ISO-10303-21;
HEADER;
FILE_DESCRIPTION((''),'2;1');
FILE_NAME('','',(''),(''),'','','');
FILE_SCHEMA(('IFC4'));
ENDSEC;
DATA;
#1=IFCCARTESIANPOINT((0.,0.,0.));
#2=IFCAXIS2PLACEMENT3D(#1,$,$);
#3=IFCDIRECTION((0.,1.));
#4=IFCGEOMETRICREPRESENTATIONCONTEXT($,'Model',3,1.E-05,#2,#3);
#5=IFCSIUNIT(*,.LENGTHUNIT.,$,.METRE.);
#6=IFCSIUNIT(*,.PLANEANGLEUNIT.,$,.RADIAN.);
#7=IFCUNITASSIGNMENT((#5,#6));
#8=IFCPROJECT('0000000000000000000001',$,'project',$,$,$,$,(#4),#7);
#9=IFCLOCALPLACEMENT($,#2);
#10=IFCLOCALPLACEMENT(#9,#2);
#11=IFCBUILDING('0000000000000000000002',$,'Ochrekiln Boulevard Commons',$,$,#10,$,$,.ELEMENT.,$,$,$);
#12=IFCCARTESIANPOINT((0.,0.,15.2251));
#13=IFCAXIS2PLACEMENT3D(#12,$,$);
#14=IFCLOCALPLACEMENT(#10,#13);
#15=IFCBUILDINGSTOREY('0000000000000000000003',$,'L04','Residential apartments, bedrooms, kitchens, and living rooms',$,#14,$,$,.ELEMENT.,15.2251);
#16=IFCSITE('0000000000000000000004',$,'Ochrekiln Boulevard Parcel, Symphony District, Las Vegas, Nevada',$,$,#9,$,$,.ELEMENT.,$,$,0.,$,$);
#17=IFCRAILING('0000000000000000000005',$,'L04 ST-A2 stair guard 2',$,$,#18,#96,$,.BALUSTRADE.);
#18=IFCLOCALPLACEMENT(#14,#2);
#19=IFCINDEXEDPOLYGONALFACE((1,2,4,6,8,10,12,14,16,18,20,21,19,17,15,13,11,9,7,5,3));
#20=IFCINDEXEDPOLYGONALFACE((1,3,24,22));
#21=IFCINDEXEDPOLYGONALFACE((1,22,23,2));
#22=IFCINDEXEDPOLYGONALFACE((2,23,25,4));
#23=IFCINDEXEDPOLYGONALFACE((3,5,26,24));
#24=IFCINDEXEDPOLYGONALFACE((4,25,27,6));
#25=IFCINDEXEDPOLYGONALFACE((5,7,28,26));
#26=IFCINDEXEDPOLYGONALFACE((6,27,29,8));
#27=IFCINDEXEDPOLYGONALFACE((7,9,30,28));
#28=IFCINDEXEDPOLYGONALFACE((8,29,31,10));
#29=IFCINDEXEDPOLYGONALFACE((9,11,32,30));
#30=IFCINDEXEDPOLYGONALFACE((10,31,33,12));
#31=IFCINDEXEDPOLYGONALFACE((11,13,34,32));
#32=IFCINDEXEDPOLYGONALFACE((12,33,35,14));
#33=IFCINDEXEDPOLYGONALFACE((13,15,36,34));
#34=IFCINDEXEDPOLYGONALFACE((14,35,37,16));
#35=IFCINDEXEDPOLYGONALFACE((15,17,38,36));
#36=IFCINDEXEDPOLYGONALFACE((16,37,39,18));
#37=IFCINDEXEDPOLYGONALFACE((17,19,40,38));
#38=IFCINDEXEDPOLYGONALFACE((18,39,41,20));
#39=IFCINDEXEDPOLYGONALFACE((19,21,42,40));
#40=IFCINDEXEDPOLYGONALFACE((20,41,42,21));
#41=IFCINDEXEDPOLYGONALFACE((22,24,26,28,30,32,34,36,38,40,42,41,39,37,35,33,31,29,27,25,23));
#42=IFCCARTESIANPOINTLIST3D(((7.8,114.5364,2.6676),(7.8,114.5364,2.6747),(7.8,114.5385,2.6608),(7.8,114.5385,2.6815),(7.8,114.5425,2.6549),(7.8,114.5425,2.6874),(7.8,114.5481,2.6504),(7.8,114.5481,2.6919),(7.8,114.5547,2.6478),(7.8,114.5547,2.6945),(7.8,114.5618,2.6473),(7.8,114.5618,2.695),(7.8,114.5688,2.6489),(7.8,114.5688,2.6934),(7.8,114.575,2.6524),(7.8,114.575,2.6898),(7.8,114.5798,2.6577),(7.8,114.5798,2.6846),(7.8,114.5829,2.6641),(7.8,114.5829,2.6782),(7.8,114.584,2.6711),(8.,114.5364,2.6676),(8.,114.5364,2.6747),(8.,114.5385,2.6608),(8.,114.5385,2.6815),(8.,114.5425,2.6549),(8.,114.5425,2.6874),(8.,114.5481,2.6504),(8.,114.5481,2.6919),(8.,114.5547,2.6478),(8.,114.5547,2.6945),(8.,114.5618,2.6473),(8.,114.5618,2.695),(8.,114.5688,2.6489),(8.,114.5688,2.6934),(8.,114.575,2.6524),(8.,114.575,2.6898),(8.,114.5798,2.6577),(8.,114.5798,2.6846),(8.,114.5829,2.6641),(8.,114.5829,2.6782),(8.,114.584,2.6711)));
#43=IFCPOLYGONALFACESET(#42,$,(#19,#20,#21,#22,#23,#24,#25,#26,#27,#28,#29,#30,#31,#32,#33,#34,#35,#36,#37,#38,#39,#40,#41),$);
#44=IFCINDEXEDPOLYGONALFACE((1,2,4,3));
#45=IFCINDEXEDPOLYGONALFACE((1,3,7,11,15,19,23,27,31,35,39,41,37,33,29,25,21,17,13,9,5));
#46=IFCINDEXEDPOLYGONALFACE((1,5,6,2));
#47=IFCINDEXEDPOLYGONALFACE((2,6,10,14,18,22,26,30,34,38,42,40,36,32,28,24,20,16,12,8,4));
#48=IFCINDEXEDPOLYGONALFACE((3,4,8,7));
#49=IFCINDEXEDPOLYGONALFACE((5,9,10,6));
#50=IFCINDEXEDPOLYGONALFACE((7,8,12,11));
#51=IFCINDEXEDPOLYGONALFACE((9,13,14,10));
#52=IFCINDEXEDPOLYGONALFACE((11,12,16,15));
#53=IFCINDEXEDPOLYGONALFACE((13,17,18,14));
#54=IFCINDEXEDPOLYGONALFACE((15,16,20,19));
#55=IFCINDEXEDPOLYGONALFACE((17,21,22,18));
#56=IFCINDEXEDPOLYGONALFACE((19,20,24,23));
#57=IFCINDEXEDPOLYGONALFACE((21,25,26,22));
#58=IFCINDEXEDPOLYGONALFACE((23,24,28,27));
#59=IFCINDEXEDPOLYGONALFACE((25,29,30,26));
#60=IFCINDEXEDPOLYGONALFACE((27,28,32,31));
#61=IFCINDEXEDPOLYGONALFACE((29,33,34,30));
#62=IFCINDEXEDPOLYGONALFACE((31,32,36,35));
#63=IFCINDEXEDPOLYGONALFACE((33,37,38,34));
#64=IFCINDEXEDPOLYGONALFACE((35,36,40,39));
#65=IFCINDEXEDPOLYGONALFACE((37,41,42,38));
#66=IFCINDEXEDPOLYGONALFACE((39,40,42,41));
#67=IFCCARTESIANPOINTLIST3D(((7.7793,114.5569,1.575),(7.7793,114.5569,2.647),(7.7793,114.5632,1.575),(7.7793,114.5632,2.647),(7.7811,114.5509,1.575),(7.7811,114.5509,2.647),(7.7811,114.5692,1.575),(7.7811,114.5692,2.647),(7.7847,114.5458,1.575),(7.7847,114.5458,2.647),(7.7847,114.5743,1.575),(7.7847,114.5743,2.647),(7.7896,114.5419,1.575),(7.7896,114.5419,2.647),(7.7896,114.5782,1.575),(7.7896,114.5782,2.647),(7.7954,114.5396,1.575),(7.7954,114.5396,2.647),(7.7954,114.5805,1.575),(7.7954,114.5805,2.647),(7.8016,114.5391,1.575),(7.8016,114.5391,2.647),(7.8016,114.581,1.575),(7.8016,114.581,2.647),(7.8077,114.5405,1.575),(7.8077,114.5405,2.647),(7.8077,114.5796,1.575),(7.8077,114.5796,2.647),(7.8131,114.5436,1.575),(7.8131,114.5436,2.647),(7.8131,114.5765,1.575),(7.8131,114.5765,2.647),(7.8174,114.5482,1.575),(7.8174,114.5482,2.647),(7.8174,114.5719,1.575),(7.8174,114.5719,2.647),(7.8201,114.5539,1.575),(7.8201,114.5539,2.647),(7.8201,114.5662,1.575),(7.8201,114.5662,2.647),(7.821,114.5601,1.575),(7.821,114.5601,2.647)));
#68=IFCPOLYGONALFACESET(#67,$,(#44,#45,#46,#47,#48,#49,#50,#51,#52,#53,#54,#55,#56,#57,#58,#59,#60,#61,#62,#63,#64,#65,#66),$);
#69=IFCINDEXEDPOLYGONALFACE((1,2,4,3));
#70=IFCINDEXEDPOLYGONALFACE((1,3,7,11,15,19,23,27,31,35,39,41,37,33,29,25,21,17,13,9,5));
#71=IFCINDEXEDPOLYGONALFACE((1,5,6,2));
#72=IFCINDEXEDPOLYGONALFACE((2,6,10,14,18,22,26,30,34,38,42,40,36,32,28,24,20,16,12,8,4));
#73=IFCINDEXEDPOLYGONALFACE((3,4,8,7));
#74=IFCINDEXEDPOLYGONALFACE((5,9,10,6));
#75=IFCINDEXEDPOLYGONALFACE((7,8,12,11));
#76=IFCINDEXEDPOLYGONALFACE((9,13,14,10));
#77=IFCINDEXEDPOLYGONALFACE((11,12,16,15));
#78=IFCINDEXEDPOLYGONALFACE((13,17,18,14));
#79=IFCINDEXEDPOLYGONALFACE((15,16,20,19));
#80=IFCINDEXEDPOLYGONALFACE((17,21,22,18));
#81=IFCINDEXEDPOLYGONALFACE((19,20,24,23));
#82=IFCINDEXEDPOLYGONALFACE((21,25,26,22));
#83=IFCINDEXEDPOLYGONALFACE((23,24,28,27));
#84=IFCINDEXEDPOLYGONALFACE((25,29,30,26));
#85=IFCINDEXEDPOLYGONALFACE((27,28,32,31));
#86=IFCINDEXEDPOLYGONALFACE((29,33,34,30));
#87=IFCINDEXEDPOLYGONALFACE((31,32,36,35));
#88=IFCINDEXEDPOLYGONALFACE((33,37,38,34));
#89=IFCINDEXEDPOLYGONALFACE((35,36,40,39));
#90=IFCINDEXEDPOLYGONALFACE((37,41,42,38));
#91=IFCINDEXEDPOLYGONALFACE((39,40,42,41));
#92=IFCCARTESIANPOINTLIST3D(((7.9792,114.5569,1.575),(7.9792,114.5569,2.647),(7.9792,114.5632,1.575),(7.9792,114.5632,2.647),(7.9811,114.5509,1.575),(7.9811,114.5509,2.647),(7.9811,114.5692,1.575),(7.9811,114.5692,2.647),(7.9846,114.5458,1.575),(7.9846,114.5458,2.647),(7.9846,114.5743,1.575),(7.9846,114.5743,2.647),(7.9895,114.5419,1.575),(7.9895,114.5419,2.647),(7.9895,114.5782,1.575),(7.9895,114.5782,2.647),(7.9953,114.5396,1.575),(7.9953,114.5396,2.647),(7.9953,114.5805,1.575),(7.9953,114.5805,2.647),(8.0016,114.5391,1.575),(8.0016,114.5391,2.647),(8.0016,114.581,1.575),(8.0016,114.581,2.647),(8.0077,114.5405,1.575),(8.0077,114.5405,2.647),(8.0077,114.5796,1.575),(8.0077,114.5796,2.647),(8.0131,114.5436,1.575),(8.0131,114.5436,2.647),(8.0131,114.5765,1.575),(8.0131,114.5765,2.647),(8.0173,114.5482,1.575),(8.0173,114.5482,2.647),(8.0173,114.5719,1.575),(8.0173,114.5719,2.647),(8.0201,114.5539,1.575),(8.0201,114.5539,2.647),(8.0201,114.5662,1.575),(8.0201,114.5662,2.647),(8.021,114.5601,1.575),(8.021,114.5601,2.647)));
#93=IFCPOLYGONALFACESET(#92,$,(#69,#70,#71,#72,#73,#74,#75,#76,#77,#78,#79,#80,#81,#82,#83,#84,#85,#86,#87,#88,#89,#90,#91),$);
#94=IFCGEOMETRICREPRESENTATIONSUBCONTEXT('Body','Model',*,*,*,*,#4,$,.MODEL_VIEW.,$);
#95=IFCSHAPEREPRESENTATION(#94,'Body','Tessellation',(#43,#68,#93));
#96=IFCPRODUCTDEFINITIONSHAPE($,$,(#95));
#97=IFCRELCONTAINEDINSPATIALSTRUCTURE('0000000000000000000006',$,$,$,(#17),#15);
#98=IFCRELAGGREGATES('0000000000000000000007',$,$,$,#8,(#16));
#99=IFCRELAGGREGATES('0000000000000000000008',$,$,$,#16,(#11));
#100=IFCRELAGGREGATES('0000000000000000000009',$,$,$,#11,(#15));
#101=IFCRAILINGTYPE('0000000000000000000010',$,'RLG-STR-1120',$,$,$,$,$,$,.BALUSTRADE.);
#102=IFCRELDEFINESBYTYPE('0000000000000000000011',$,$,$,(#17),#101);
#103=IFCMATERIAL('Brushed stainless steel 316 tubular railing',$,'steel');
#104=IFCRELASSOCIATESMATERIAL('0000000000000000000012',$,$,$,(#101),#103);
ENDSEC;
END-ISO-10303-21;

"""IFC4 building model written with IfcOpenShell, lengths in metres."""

from ifc_helpers import new_model, si_unit, direction, frame, origin, origin_2d, place, context, subcontext, project, spatial, circle, extrude, material, type_object, element, save


model = new_model("IFC4")

# Units and contexts
model_context = context("Model", 3, precision=1e-05, world=origin(), true_north=direction((0.0, 1.0)))
body_context = subcontext(model_context, "Body", "Model", "MODEL_VIEW")
ifc_project = project(units=[si_unit("LENGTHUNIT", "METRE"), si_unit("PLANEANGLEUNIT", "RADIAN")], contexts=[model_context])

# Site, building, storey
site_placement = place(None, origin())
site = spatial("IfcSite", under=ifc_project, at=site_placement, Name="Ochrekiln Boulevard Parcel, Symphony District, Las Vegas, Nevada", CompositionType="ELEMENT", RefElevation=0.0)
building_placement = place(site_placement, origin())
building = spatial("IfcBuilding", under=site, at=building_placement, Name="Ochrekiln Boulevard Commons", CompositionType="ELEMENT")
storey_placement = place(building_placement, frame((0.0, 0.0, 15.2251)))
storey = spatial("IfcBuildingStorey", under=building, at=storey_placement, Name="L04", Description="Residential apartments, bedrooms, kitchens, and living rooms", CompositionType="ELEMENT", Elevation=15.2251)

# Railing
ifc_material_1 = material(Name="Brushed stainless steel 316 tubular railing", Category="steel")
railing_type_1 = type_object("IfcRailingType", Name="RLG-STR-1120", PredefinedType="BALUSTRADE", material=ifc_material_1)
railing_1_placement = place(storey_placement, frame((7.8, 114.5601, 1.575)))
element("IfcRailing", 1, at=railing_1_placement, inside=storey, type_object=railing_type_1, Name="L04 ST-A2 stair guard 2", PredefinedType="BALUSTRADE", context=body_context, shape_type="SweptSolid", body=[
    extrude(circle(Radius=0.0239, at=origin_2d()), frame((0.0, 0.0, 1.0962), z_axis=(1.0, 0.0, 0.0), x_axis=(0.0, 1.0, 0.0)), (0.0, 0.0, 1.0), 0.2),
    extrude(circle(Radius=0.021, at=origin_2d()), origin(), (0.0, 0.0, 1.0), 1.072),
    extrude(circle(Radius=0.021, at=origin_2d()), frame((0.2, 0.0, 0.0)), (0.0, 0.0, 1.0), 1.072),
])

save(model, "model.ifc")
